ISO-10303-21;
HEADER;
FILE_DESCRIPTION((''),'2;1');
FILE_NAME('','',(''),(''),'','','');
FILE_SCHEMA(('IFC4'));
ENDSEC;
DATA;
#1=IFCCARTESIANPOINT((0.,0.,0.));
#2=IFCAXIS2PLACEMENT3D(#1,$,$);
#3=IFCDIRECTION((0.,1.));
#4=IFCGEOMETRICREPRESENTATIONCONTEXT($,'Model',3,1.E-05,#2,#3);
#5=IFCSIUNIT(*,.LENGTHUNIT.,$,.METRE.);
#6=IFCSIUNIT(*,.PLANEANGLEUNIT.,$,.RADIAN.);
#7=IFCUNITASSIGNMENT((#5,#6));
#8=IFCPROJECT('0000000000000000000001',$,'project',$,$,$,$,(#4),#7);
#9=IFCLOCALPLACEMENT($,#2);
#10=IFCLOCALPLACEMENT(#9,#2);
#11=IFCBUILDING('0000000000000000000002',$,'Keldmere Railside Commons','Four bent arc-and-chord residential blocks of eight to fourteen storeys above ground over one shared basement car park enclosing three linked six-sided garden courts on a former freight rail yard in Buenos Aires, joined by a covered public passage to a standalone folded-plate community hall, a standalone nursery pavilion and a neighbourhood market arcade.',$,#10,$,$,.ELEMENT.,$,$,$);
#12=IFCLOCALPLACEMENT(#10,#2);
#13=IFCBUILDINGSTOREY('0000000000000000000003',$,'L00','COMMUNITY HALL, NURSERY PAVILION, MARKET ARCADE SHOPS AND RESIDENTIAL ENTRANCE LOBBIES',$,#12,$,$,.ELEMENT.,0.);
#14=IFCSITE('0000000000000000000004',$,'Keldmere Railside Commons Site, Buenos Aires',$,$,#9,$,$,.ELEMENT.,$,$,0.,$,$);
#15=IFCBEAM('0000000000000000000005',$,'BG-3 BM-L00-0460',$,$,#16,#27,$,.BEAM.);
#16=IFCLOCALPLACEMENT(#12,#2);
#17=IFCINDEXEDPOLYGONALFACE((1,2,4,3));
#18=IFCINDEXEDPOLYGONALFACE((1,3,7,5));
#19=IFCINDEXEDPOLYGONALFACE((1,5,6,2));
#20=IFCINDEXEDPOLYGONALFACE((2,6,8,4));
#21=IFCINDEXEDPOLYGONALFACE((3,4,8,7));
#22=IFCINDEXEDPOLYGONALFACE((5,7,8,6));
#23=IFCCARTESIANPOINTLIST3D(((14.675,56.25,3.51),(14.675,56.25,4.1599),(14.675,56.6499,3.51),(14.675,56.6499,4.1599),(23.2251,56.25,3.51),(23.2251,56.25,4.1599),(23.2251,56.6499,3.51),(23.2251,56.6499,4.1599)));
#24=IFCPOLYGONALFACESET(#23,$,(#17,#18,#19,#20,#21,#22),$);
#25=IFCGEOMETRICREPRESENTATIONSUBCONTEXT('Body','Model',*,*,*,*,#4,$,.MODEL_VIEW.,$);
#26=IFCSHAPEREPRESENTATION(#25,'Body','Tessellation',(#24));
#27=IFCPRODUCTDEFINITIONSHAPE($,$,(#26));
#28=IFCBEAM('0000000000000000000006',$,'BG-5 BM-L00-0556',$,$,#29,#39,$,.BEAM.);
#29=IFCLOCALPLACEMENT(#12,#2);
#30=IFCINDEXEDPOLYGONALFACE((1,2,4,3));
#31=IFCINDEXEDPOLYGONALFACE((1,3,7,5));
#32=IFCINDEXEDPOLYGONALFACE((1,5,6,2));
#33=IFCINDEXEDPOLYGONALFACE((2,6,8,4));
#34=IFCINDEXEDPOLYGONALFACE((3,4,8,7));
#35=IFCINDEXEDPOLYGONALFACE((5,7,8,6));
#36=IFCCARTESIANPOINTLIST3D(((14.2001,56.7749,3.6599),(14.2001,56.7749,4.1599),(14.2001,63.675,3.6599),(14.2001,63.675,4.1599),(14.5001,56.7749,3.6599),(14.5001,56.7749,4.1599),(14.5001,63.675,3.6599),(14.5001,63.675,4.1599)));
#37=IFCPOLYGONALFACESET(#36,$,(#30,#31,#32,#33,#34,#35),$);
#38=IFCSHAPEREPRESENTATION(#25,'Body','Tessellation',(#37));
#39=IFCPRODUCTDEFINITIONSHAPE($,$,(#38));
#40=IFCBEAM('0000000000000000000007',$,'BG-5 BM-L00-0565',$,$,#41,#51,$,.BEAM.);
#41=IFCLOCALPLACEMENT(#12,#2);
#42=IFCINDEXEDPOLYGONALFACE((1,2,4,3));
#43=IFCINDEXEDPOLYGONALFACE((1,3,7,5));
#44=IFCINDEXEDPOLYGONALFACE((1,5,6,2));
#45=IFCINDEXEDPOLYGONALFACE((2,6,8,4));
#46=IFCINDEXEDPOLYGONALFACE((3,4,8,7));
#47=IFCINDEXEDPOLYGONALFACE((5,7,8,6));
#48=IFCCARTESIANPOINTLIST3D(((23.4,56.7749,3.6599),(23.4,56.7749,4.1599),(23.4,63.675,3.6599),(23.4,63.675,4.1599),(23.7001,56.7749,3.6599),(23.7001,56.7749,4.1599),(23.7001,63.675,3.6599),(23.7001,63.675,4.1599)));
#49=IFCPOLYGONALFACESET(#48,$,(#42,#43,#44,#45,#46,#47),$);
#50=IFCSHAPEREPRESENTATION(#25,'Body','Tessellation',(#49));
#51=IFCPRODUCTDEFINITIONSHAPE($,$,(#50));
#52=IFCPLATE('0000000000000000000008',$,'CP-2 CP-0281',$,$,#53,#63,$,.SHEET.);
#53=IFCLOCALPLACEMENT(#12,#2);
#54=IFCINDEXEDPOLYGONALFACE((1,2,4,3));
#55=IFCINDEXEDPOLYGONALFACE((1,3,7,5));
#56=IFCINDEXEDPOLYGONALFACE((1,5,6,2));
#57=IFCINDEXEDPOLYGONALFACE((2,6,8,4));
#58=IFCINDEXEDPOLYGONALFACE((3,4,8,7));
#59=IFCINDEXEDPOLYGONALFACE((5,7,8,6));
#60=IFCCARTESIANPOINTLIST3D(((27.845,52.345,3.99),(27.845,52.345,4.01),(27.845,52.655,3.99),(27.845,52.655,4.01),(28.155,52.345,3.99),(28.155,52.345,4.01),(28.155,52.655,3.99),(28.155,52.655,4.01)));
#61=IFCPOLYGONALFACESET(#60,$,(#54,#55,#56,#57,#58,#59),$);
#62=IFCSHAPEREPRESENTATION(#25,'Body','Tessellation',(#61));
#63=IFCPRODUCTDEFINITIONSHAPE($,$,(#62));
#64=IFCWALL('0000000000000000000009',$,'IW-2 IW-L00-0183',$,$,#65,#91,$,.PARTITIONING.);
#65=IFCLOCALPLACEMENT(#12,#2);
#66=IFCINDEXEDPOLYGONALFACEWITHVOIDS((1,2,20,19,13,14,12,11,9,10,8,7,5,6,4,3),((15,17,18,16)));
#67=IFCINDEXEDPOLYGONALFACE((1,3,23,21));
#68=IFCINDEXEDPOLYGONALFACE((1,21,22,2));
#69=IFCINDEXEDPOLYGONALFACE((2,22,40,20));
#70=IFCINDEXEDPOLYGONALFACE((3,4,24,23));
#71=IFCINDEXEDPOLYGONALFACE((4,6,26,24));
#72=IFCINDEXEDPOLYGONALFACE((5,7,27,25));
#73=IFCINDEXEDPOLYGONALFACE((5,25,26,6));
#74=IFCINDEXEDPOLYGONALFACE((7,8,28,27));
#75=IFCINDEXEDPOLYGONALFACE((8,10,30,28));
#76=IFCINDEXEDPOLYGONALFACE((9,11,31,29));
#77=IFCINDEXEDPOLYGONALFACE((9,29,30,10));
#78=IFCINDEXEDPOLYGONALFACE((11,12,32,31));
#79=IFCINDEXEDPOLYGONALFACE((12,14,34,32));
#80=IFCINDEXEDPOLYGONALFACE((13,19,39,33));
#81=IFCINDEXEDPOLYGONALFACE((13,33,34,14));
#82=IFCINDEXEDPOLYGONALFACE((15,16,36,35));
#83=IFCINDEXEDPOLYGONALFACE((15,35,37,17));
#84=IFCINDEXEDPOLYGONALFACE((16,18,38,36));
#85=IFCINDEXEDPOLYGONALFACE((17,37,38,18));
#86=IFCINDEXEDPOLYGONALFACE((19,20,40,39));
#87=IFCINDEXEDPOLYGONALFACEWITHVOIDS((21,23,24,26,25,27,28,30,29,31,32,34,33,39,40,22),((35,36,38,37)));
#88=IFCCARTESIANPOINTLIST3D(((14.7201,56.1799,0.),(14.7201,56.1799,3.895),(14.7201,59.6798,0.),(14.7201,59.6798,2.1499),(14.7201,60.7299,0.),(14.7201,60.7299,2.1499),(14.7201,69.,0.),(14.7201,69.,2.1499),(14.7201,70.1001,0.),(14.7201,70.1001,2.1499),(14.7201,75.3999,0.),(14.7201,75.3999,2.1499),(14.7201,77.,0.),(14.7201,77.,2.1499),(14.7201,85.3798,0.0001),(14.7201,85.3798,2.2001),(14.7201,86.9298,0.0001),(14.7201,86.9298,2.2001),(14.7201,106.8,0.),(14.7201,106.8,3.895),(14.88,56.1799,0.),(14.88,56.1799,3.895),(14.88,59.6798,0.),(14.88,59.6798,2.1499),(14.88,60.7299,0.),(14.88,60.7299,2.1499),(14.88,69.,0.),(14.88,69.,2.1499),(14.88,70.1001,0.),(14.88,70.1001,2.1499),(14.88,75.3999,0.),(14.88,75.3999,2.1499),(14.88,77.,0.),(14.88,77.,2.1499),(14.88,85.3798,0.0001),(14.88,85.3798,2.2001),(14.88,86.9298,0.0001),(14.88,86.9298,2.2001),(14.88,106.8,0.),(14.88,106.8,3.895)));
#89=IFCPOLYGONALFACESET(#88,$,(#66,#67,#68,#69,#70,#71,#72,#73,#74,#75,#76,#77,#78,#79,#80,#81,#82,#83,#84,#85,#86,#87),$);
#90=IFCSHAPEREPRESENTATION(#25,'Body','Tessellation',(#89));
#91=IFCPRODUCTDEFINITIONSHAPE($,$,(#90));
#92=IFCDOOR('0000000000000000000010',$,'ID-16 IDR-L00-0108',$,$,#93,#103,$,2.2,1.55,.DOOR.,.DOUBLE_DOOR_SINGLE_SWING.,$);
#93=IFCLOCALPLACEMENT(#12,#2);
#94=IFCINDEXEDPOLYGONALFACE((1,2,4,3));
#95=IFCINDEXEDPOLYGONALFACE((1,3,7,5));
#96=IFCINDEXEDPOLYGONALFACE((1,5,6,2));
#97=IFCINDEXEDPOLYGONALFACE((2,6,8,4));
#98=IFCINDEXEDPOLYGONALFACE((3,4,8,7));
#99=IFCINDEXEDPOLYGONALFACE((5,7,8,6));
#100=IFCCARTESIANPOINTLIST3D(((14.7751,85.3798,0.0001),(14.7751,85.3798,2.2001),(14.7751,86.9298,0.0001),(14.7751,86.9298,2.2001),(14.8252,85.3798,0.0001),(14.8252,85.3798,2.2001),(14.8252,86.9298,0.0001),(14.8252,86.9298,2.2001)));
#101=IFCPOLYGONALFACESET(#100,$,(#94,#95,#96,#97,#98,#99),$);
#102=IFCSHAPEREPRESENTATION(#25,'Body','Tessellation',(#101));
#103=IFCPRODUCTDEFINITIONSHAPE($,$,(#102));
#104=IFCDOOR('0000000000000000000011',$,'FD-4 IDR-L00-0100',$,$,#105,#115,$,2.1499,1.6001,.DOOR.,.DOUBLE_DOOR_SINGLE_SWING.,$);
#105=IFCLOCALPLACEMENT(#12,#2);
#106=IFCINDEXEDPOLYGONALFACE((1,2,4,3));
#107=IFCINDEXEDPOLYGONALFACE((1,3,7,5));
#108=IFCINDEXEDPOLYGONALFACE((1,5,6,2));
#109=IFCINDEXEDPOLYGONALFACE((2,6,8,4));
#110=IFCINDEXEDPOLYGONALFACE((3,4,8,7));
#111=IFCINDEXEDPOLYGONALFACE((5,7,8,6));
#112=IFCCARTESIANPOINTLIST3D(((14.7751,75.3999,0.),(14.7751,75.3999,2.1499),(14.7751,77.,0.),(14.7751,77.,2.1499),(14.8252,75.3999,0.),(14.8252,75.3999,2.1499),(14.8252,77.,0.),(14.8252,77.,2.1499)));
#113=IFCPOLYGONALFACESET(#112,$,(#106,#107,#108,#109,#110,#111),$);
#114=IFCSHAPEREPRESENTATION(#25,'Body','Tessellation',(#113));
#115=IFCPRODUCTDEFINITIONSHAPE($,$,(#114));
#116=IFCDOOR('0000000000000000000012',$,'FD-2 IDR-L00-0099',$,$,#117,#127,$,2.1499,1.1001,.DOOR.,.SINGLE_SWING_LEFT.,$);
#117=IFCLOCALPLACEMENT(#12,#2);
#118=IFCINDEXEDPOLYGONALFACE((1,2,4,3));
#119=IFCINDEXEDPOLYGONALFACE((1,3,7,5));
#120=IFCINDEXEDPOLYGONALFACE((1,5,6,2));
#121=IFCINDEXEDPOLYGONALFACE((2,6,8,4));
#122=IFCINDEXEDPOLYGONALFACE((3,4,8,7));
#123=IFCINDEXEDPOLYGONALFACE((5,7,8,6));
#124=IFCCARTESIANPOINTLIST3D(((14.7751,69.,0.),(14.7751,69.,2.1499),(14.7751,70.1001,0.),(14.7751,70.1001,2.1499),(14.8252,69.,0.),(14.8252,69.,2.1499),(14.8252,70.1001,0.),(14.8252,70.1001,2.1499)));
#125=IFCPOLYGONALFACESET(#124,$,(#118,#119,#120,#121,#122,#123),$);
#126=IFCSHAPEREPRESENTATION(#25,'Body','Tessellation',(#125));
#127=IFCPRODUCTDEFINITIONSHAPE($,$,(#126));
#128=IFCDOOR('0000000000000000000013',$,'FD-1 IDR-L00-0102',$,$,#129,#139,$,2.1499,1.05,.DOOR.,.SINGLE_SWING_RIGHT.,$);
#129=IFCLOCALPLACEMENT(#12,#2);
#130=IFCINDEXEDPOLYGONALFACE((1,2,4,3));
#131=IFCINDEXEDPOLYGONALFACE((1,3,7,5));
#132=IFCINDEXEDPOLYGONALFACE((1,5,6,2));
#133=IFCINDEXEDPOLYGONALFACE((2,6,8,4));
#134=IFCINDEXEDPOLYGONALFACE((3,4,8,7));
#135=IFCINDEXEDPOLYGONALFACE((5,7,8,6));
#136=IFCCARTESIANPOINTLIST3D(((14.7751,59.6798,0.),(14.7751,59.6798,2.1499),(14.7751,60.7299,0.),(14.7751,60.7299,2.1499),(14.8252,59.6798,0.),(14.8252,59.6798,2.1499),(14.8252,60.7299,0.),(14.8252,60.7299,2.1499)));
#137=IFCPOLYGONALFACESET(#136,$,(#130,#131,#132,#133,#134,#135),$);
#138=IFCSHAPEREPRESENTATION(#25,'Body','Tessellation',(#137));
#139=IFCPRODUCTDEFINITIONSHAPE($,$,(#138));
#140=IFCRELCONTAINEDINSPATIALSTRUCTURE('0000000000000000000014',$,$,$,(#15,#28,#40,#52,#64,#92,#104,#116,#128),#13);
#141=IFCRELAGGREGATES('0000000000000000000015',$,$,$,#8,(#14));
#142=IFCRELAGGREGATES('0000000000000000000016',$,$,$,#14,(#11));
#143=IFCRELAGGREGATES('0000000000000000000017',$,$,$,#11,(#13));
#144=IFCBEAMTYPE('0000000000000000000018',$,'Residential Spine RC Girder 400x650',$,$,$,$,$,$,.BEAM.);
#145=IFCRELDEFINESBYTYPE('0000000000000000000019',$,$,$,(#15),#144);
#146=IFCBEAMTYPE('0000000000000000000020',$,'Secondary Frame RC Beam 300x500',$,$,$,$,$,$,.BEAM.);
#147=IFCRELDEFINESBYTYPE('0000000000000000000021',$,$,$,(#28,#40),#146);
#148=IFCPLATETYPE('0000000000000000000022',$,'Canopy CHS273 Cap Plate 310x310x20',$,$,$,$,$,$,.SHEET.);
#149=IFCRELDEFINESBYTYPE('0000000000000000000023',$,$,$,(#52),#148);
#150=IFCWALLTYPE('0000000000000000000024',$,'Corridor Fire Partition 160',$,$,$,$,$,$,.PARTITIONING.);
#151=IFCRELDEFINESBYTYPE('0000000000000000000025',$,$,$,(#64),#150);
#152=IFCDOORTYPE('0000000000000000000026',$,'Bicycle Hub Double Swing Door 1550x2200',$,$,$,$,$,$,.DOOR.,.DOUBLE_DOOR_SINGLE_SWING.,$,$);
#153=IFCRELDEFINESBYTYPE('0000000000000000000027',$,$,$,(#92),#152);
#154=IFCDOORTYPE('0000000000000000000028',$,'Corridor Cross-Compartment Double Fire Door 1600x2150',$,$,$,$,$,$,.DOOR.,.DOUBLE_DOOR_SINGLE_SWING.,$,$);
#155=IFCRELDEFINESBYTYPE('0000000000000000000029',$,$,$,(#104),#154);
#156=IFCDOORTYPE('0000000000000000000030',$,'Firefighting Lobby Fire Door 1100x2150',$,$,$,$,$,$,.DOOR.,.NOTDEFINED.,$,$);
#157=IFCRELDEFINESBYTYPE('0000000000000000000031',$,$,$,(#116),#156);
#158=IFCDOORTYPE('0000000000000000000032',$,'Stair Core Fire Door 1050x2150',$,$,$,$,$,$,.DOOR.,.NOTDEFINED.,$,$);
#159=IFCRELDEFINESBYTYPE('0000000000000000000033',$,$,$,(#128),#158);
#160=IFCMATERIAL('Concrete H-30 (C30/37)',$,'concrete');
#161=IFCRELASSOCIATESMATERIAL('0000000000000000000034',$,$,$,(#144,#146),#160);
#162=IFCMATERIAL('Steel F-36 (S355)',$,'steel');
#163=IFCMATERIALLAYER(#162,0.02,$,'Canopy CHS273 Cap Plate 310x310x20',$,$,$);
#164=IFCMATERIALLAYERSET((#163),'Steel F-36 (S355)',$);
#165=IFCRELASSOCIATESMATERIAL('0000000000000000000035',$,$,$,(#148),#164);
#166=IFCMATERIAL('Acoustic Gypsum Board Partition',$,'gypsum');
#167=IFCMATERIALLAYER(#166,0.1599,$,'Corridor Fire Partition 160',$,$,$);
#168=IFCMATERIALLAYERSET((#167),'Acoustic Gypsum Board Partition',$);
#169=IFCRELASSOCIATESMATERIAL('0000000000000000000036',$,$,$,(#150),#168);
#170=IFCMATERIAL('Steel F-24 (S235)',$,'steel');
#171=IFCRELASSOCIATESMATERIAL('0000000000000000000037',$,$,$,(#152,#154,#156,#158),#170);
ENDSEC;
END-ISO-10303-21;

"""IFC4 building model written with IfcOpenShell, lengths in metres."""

from ifc_helpers import new_model, si_unit, direction, frame, frame_2d, origin, origin_2d, place, context, subcontext, project, spatial, rectangle, extrude, material, layer, layer_set, material_profile, profile_set, type_object, element, fill, save


model = new_model("IFC4")

# Units and contexts
model_context = context("Model", 3, precision=1e-05, world=origin(), true_north=direction((0.0, 1.0)))
body_context = subcontext(model_context, "Body", "Model", "MODEL_VIEW")
ifc_project = project(units=[si_unit("LENGTHUNIT", "METRE"), si_unit("PLANEANGLEUNIT", "RADIAN")], contexts=[model_context])

# Site, building, storey
site_placement = place(None, origin())
site = spatial("IfcSite", under=ifc_project, at=site_placement, Name="Keldmere Railside Commons Site, Buenos Aires", CompositionType="ELEMENT", RefElevation=0.0)
building_placement = place(site_placement, origin())
building = spatial("IfcBuilding", under=site, at=building_placement, Name="Keldmere Railside Commons", Description="Four bent arc-and-chord residential blocks of eight to fourteen storeys above ground over one shared basement car park enclosing three linked six-sided garden courts on a former freight rail yard in Buenos Aires, joined by a covered public passage to a standalone folded-plate community hall, a standalone nursery pavilion and a neighbourhood market arcade.", CompositionType="ELEMENT")
storey_placement = place(building_placement, origin())
storey = spatial("IfcBuildingStorey", under=building, at=storey_placement, Name="L00", Description="COMMUNITY HALL, NURSERY PAVILION, MARKET ARCADE SHOPS AND RESIDENTIAL ENTRANCE LOBBIES", CompositionType="ELEMENT", Elevation=0.0)

# Shared definitions
ifc_material_1 = material(Name="Steel F-36 (S355)", Category="steel")

# Beams
ifc_material_2 = material(Name="Concrete H-30 (C30/37)", Category="concrete")
ifc_material_profile_1 = material_profile(ifc_material_2, rectangle(XDim=0.3999, YDim=0.6499, at=origin_2d()), Name="RC-400x650")
ifc_profile_set_1 = profile_set([ifc_material_profile_1], Name="Concrete H-30 (C30/37)")
beam_type_1 = type_object("IfcBeamType", Name="Residential Spine RC Girder 400x650", PredefinedType="BEAM", material=ifc_profile_set_1)
beam_1_placement = place(storey_placement, frame((14.675, 56.45, 3.835), z_axis=(1.0, 0.0, 0.0), x_axis=(0.0, 1.0, 0.0)))
element("IfcBeam", 1, at=beam_1_placement, inside=storey, type_object=beam_type_1, Name="BG-3 BM-L00-0460", PredefinedType="BEAM", context=body_context, shape_type="SweptSolid", body=[
    extrude(rectangle(XDim=0.3999, YDim=0.6499, at=origin_2d()), origin(), (0.0, 0.0, 1.0), 8.55),
])
ifc_material_profile_2 = material_profile(ifc_material_2, rectangle(XDim=0.3, YDim=0.5, at=origin_2d()), Name="RC-300x500")
ifc_profile_set_2 = profile_set([ifc_material_profile_2], Name="Concrete H-30 (C30/37)")
beam_type_2 = type_object("IfcBeamType", Name="Secondary Frame RC Beam 300x500", PredefinedType="BEAM", material=ifc_profile_set_2)
for number, where, z_axis, x_axis, name in (
    (2, (14.3501, 56.7749, 3.9099), (0.0, 1.0, 0.0), (-1.0, 0.0, 0.0), "BG-5 BM-L00-0556"),
    (3, (23.55, 56.7749, 3.9099), (0.0, 1.0, 0.0), (-1.0, 0.0, 0.0), "BG-5 BM-L00-0565"),
):
    element("IfcBeam", number, at=place(storey_placement, frame(where, z_axis=z_axis, x_axis=x_axis)), inside=storey, type_object=beam_type_2, Name=name, PredefinedType="BEAM", context=body_context, shape_type="SweptSolid", body=[
        extrude(rectangle(XDim=0.3, YDim=0.5, at=origin_2d()), origin(), (0.0, 0.0, 1.0), 6.9001),
    ])

# Plate
ifc_layer_1 = layer(ifc_material_1, 0.02, Name="Canopy CHS273 Cap Plate 310x310x20")
ifc_layer_set_1 = layer_set([ifc_layer_1], Name="Steel F-36 (S355)")
plate_type = type_object("IfcPlateType", Name="Canopy CHS273 Cap Plate 310x310x20", PredefinedType="SHEET", material=ifc_layer_set_1)
plate_placement = place(storey_placement, frame((28.0, 52.5, 3.99), z_axis=(0.0, 0.0, 1.0), x_axis=(1.0, 0.0, 0.0)))
element("IfcPlate", 4, at=plate_placement, inside=storey, type_object=plate_type, Name="CP-2 CP-0281", PredefinedType="SHEET", context=body_context, shape_type="SweptSolid", body=[
    extrude(rectangle(XDim=0.3101, YDim=0.3101, at=origin_2d()), origin(), (0.0, 0.0, 1.0), 0.02),
])

# Wall, openings, doors
ifc_material_3 = material(Name="Acoustic Gypsum Board Partition", Category="gypsum")
ifc_layer_2 = layer(ifc_material_3, 0.1599, Name="Corridor Fire Partition 160")
ifc_layer_set_2 = layer_set([ifc_layer_2], Name="Acoustic Gypsum Board Partition")
wall_type_1 = type_object("IfcWallType", Name="Corridor Fire Partition 160", PredefinedType="PARTITIONING", material=ifc_layer_set_2)
wall_1_placement = place(storey_placement, frame((14.8, 56.1799, 0.0), z_axis=(0.0, 0.0, 1.0), x_axis=(0.0, 1.0, 0.0)))
wall_1 = element("IfcWall", 5, at=wall_1_placement, inside=storey, type_object=wall_type_1, Name="IW-2 IW-L00-0183", PredefinedType="PARTITIONING", context=body_context, shape_type="SweptSolid", body=[
    extrude(rectangle(XDim=50.6201, YDim=0.1599, at=frame_2d((25.3101, 0.0))), origin(), (0.0, 0.0, 1.0), 3.895),
])
opening_1_placement = place(wall_1_placement, frame((12.8201, 0.0, 0.0)))
opening_1 = element("IfcOpeningElement", 6, at=opening_1_placement, cuts=wall_1, PredefinedType="OPENING", context=body_context, shape_type="SweptSolid", body=[
    extrude(rectangle(XDim=1.1001, YDim=2.1499, at=frame_2d((0.55, 1.075))), frame((0.0, 0.0898, 0.0), z_axis=(0.0, -1.0, 0.0), x_axis=(1.0, 0.0, 0.0)), (0.0, 0.0, 1.0), 0.1799),
])
opening_2_placement = place(wall_1_placement, frame((19.22, 0.0, 0.0)))
opening_2 = element("IfcOpeningElement", 7, at=opening_2_placement, cuts=wall_1, PredefinedType="OPENING", context=body_context, shape_type="SweptSolid", body=[
    extrude(rectangle(XDim=1.6001, YDim=2.1499, at=frame_2d((0.8, 1.075))), frame((0.0, 0.0898, 0.0), z_axis=(0.0, -1.0, 0.0), x_axis=(1.0, 0.0, 0.0)), (0.0, 0.0, 1.0), 0.1799),
])
opening_3_placement = place(wall_1_placement, frame((3.5, 0.0, 0.0)))
opening_3 = element("IfcOpeningElement", 8, at=opening_3_placement, cuts=wall_1, PredefinedType="OPENING", context=body_context, shape_type="SweptSolid", body=[
    extrude(rectangle(XDim=1.05, YDim=2.1499, at=frame_2d((0.5249, 1.075))), frame((0.0, 0.0898, 0.0), z_axis=(0.0, -1.0, 0.0), x_axis=(1.0, 0.0, 0.0)), (0.0, 0.0, 1.0), 0.1799),
])
opening_4_placement = place(wall_1_placement, frame((29.2, 0.0, 0.0)))
opening_4 = element("IfcOpeningElement", 9, at=opening_4_placement, cuts=wall_1, PredefinedType="OPENING", context=body_context, shape_type="SweptSolid", body=[
    extrude(rectangle(XDim=1.55, YDim=2.2, at=frame_2d((0.7749, 1.1001))), frame((0.0, 0.0898, 0.0), z_axis=(0.0, -1.0, 0.0), x_axis=(1.0, 0.0, 0.0)), (0.0, 0.0, 1.0), 0.1799),
])
ifc_material_4 = material(Name="Steel F-24 (S235)", Category="steel")
door_type_1 = type_object("IfcDoorType", Name="Bicycle Hub Double Swing Door 1550x2200", OperationType="DOUBLE_DOOR_SINGLE_SWING", PredefinedType="DOOR", material=ifc_material_4)
door_1_placement = place(opening_4_placement, origin())
door_1 = element("IfcDoor", 10, at=door_1_placement, inside=storey, type_object=door_type_1, Name="ID-16 IDR-L00-0108", OperationType="DOUBLE_DOOR_SINGLE_SWING", OverallHeight=2.2, OverallWidth=1.55, PredefinedType="DOOR", context=body_context, shape_type="SweptSolid", body=[
    extrude(rectangle(XDim=1.55, YDim=2.2, at=frame_2d((0.7749, 1.1001))), frame((0.0, 0.0249, 0.0), z_axis=(0.0, -1.0, 0.0), x_axis=(1.0, 0.0, 0.0)), (0.0, 0.0, 1.0), 0.05),
])
fill(opening_4, door_1)
door_type_2 = type_object("IfcDoorType", Name="Corridor Cross-Compartment Double Fire Door 1600x2150", OperationType="DOUBLE_DOOR_SINGLE_SWING", PredefinedType="DOOR", material=ifc_material_4)
door_2_placement = place(opening_2_placement, origin())
door_2 = element("IfcDoor", 11, at=door_2_placement, inside=storey, type_object=door_type_2, Name="FD-4 IDR-L00-0100", OperationType="DOUBLE_DOOR_SINGLE_SWING", OverallHeight=2.1499, OverallWidth=1.6001, PredefinedType="DOOR", context=body_context, shape_type="SweptSolid", body=[
    extrude(rectangle(XDim=1.6001, YDim=2.1499, at=frame_2d((0.8, 1.075))), frame((0.0, 0.0249, 0.0), z_axis=(0.0, -1.0, 0.0), x_axis=(1.0, 0.0, 0.0)), (0.0, 0.0, 1.0), 0.05),
])
fill(opening_2, door_2)
door_type_3 = type_object("IfcDoorType", Name="Firefighting Lobby Fire Door 1100x2150", OperationType="NOTDEFINED", PredefinedType="DOOR", material=ifc_material_4)
door_3_placement = place(opening_1_placement, origin())
door_3 = element("IfcDoor", 12, at=door_3_placement, inside=storey, type_object=door_type_3, Name="FD-2 IDR-L00-0099", OperationType="SINGLE_SWING_LEFT", OverallHeight=2.1499, OverallWidth=1.1001, PredefinedType="DOOR", context=body_context, shape_type="SweptSolid", body=[
    extrude(rectangle(XDim=1.1001, YDim=2.1499, at=frame_2d((0.55, 1.075))), frame((0.0, 0.0249, 0.0), z_axis=(0.0, -1.0, 0.0), x_axis=(1.0, 0.0, 0.0)), (0.0, 0.0, 1.0), 0.05),
])
fill(opening_1, door_3)
door_type_4 = type_object("IfcDoorType", Name="Stair Core Fire Door 1050x2150", OperationType="NOTDEFINED", PredefinedType="DOOR", material=ifc_material_4)
door_4_placement = place(opening_3_placement, origin())
door_4 = element("IfcDoor", 13, at=door_4_placement, inside=storey, type_object=door_type_4, Name="FD-1 IDR-L00-0102", OperationType="SINGLE_SWING_RIGHT", OverallHeight=2.1499, OverallWidth=1.05, PredefinedType="DOOR", context=body_context, shape_type="SweptSolid", body=[
    extrude(rectangle(XDim=1.05, YDim=2.1499, at=frame_2d((0.5249, 1.075))), frame((0.0, 0.0249, 0.0), z_axis=(0.0, -1.0, 0.0), x_axis=(1.0, 0.0, 0.0)), (0.0, 0.0, 1.0), 0.05),
])
fill(opening_3, door_4)

save(model, "model.ifc")
